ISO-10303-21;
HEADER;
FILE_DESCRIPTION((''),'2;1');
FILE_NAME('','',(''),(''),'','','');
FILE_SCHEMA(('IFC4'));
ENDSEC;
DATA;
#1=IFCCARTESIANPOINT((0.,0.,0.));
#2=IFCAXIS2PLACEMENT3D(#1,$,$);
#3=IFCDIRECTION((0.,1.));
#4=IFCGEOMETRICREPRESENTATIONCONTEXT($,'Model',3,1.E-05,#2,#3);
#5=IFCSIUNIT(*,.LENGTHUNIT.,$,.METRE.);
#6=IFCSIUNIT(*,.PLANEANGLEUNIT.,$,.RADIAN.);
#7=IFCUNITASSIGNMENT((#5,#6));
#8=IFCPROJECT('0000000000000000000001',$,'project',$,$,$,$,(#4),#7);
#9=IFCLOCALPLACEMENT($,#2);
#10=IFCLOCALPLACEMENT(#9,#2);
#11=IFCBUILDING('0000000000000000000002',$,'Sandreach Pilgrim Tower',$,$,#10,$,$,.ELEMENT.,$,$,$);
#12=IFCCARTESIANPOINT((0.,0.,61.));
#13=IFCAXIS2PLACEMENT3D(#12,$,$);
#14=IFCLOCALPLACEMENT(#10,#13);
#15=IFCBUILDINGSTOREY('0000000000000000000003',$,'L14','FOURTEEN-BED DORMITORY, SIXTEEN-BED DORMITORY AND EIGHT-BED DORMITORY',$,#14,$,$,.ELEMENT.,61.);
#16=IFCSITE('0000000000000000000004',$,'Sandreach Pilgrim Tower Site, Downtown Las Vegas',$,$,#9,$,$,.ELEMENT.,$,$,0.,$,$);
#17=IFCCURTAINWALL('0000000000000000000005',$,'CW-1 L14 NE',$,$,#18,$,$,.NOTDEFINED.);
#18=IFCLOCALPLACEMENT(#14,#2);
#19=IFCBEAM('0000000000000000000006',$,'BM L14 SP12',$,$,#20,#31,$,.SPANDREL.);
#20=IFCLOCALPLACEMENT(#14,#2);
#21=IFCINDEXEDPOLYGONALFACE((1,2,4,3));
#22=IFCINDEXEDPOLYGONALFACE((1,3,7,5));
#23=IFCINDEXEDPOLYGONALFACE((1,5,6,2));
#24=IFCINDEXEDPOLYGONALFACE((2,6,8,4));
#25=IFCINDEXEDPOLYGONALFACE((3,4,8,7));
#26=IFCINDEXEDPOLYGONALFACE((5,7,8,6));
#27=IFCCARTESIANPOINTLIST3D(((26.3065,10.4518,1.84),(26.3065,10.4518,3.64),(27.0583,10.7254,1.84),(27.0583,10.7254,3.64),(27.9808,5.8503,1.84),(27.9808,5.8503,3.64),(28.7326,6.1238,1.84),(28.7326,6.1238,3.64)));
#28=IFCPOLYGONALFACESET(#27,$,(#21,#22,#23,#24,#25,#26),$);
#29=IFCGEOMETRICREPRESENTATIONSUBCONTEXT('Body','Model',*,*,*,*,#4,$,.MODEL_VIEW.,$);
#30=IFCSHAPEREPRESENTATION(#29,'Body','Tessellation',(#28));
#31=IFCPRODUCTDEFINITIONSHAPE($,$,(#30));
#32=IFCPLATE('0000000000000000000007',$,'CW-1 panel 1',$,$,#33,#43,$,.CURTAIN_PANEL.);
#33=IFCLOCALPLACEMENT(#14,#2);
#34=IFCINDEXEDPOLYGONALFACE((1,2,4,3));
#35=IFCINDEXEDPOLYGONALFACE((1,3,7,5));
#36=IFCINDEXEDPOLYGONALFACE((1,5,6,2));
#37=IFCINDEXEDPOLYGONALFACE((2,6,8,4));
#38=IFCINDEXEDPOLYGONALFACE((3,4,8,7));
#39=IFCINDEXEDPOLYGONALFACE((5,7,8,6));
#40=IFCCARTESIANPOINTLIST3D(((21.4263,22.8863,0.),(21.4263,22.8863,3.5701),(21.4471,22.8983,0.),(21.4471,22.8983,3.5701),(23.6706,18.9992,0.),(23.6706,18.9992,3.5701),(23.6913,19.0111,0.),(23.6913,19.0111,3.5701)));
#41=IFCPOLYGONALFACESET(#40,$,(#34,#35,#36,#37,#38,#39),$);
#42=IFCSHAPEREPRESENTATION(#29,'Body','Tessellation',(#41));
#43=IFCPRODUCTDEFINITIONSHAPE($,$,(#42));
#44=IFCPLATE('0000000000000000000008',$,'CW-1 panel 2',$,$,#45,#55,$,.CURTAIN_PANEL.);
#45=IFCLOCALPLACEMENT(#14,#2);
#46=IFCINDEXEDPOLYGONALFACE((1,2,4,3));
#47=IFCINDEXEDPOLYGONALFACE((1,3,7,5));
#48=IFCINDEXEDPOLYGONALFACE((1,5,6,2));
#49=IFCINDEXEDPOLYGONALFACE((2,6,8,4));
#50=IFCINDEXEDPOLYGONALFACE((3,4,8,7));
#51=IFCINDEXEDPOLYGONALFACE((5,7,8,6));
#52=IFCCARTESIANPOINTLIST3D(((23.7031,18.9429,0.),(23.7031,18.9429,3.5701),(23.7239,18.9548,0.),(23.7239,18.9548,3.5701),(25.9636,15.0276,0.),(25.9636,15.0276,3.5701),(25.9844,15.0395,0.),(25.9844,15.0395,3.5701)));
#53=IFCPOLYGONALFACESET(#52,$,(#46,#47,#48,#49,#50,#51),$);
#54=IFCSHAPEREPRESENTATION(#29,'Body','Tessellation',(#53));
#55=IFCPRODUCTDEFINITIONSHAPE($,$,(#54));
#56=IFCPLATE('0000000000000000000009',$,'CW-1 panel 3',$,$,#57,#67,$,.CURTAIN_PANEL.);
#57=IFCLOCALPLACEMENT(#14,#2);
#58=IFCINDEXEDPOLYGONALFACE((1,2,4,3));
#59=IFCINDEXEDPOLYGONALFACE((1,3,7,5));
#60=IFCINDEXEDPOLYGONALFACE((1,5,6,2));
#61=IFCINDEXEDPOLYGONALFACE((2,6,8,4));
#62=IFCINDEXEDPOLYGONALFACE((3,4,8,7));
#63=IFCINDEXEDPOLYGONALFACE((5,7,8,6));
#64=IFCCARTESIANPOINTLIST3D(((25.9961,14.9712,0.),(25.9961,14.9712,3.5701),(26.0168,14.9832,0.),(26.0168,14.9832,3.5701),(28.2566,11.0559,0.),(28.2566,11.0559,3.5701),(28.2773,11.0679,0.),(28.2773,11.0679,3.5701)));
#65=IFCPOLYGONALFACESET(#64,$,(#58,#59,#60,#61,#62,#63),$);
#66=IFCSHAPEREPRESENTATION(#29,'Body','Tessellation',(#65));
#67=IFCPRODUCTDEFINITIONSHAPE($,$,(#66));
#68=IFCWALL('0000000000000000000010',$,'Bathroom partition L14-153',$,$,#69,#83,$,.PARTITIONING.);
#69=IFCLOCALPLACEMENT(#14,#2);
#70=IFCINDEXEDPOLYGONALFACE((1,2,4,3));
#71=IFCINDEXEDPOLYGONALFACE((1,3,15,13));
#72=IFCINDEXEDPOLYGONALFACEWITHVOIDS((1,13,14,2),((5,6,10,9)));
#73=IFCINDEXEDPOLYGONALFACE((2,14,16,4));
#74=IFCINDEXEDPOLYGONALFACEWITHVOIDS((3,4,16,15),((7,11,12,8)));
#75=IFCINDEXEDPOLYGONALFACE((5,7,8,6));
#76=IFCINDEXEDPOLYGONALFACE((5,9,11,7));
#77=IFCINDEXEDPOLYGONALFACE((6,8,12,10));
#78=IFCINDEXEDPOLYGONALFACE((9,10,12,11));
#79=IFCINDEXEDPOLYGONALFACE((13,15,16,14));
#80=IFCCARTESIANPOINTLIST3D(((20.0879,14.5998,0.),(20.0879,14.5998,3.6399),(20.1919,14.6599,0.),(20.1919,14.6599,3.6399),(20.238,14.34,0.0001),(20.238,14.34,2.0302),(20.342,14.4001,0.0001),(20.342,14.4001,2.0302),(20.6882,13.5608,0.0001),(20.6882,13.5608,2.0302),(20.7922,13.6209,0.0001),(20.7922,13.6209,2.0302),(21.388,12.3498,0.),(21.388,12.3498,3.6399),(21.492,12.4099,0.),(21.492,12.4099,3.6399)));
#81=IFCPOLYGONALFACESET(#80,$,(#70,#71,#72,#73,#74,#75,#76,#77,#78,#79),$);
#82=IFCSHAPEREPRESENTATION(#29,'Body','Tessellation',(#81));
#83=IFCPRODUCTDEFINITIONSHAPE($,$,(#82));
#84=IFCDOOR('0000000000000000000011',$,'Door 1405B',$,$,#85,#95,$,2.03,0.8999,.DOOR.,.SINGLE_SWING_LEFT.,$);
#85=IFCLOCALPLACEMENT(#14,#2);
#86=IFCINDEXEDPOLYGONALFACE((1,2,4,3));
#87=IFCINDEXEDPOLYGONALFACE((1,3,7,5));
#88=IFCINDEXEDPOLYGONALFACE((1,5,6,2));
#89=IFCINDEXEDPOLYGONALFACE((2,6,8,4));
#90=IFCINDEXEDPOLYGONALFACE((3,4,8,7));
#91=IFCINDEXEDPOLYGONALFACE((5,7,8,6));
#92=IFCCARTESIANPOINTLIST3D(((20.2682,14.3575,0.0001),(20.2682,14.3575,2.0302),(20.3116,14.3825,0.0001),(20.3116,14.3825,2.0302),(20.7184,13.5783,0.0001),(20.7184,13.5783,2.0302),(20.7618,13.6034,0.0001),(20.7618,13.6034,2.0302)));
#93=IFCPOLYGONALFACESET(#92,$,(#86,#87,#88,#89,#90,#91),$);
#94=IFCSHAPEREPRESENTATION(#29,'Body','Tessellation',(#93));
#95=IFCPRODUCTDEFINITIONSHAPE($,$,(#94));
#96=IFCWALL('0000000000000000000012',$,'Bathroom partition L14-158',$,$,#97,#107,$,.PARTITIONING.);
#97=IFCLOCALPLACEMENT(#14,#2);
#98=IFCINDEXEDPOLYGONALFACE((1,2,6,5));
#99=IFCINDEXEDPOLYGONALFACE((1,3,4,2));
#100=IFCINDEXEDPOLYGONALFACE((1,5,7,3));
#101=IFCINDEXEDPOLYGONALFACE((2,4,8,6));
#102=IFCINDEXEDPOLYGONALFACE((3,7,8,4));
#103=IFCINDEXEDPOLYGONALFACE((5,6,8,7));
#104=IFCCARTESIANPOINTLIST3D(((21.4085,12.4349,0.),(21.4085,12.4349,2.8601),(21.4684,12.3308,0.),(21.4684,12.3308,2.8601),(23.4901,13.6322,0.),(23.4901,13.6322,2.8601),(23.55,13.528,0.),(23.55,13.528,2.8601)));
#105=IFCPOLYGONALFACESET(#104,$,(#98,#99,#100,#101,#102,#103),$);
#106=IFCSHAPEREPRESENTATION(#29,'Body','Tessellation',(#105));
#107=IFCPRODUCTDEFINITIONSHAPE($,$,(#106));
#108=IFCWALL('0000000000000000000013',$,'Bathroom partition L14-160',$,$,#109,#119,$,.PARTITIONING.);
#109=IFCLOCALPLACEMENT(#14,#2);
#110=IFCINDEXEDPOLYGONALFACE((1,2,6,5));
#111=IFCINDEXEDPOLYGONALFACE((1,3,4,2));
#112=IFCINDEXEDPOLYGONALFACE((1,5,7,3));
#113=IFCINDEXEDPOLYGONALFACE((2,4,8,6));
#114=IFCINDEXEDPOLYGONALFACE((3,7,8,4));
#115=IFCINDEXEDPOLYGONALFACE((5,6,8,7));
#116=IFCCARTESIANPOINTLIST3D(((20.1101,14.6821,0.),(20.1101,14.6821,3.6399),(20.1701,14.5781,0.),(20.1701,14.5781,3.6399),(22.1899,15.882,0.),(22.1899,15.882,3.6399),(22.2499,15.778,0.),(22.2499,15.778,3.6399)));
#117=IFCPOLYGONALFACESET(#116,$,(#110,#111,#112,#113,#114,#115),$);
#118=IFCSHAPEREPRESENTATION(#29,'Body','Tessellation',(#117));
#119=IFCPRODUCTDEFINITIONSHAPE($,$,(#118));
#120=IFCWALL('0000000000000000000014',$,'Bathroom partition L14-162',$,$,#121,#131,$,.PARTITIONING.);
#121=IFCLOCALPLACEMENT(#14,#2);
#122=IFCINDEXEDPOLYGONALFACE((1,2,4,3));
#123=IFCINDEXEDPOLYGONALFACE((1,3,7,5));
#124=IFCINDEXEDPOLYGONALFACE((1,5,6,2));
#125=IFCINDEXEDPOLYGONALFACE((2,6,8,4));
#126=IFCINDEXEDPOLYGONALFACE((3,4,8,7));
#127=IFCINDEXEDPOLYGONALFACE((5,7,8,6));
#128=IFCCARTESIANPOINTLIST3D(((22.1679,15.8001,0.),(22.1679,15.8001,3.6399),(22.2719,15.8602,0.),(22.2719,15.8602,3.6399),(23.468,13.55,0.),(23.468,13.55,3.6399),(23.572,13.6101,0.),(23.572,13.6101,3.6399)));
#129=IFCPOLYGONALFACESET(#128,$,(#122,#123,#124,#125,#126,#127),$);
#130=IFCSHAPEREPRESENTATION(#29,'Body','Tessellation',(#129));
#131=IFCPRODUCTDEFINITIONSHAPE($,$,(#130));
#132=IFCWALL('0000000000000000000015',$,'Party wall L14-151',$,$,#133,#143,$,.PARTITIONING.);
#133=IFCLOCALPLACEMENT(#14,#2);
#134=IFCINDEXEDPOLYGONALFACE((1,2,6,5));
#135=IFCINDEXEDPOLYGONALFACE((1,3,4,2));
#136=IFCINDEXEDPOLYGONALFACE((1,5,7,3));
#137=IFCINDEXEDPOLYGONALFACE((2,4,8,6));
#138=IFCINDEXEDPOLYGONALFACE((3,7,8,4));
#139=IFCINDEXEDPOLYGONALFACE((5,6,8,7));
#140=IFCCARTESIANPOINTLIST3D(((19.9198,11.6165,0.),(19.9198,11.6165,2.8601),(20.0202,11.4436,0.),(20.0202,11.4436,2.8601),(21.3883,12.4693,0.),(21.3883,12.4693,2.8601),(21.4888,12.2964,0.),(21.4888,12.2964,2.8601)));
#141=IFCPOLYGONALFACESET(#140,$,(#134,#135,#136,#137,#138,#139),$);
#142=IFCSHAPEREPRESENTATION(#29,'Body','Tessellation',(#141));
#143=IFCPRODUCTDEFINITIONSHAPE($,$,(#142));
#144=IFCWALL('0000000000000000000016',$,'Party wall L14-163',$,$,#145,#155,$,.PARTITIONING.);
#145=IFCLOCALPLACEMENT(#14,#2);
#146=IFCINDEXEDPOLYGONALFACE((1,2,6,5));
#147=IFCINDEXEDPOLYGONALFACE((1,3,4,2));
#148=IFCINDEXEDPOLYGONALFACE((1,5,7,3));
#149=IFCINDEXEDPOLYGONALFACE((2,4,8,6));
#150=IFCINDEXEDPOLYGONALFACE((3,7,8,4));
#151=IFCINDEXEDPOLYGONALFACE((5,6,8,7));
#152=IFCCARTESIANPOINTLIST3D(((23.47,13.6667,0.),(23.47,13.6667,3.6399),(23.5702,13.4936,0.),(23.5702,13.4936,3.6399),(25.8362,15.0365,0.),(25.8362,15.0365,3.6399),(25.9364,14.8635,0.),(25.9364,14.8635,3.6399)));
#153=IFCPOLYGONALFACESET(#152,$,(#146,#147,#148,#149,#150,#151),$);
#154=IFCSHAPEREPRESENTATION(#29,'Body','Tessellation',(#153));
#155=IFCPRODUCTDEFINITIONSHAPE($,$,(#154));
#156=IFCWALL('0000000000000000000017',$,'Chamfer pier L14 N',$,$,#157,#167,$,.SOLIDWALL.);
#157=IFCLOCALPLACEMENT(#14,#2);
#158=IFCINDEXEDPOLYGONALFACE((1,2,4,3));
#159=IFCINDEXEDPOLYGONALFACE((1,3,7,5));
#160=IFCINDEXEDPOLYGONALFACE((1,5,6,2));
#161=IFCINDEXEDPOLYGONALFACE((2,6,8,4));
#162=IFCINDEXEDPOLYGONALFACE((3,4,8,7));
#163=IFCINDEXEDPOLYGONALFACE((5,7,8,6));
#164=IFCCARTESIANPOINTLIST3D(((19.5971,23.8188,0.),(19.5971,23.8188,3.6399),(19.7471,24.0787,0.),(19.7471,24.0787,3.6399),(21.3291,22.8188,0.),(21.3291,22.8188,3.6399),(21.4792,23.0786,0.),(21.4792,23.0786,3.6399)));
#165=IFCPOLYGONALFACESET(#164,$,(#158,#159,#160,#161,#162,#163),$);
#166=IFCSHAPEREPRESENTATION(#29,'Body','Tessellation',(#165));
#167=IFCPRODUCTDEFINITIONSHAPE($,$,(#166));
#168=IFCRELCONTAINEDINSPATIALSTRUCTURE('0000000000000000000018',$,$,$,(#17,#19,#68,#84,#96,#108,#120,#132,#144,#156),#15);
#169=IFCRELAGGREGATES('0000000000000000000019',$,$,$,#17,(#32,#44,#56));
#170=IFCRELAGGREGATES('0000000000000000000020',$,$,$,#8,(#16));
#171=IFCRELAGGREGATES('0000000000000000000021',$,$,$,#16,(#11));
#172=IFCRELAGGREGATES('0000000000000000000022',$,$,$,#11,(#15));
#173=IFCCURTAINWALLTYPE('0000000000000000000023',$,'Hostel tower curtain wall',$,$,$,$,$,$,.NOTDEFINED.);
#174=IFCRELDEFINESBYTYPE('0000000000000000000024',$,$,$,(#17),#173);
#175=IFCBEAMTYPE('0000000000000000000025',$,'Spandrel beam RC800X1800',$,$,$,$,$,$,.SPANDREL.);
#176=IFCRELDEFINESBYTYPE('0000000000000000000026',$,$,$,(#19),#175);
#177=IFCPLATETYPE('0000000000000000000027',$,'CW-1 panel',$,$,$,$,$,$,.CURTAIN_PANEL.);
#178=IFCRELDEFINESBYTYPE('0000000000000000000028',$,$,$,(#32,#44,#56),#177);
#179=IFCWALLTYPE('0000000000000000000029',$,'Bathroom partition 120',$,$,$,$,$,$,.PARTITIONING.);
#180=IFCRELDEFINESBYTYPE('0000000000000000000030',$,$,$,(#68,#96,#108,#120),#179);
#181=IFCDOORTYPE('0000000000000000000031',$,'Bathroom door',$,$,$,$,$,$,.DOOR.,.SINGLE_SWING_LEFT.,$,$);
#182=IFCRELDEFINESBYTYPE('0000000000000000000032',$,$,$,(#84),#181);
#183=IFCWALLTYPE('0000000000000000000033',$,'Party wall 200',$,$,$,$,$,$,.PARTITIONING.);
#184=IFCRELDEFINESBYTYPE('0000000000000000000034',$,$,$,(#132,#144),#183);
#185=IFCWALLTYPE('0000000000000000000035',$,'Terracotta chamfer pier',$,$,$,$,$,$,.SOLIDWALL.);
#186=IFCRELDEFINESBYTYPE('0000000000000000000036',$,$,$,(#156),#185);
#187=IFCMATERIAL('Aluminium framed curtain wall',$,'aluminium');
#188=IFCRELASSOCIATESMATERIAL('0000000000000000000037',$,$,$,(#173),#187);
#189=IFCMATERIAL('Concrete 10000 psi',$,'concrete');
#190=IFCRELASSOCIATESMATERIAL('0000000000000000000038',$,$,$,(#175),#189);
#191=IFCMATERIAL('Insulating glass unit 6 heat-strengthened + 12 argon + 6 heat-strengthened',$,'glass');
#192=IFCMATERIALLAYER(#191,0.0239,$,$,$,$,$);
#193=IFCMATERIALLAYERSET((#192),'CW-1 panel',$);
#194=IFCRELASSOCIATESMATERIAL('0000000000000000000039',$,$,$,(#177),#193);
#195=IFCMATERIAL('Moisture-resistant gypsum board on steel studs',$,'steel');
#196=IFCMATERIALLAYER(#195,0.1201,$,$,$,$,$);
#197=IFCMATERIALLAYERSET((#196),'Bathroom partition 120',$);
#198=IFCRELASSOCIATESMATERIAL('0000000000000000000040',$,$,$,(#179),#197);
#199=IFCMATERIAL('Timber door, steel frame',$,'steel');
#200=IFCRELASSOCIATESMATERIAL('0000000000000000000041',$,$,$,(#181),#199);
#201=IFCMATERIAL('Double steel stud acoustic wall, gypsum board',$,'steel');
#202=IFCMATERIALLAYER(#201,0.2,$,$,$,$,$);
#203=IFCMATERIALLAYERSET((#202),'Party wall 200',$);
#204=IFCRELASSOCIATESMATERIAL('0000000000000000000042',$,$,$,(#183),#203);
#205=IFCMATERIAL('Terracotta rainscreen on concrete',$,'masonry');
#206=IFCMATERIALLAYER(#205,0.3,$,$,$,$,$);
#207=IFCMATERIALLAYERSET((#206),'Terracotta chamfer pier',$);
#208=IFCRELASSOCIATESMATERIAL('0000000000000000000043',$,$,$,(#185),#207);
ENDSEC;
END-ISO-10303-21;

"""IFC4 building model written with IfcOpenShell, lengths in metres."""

from ifc_helpers import new_model, si_unit, direction, frame, frame_2d, origin, origin_2d, place, context, subcontext, project, spatial, rectangle, extrude, material, layer, layer_set, material_profile, profile_set, type_object, element, fill, aggregate, save


model = new_model("IFC4")

# Units and contexts
model_context = context("Model", 3, precision=1e-05, world=origin(), true_north=direction((0.0, 1.0)))
body_context = subcontext(model_context, "Body", "Model", "MODEL_VIEW")
ifc_project = project(units=[si_unit("LENGTHUNIT", "METRE"), si_unit("PLANEANGLEUNIT", "RADIAN")], contexts=[model_context])

# Site, building, storey
site_placement = place(None, origin())
site = spatial("IfcSite", under=ifc_project, at=site_placement, Name="Sandreach Pilgrim Tower Site, Downtown Las Vegas", CompositionType="ELEMENT", RefElevation=0.0)
building_placement = place(site_placement, origin())
building = spatial("IfcBuilding", under=site, at=building_placement, Name="Sandreach Pilgrim Tower", CompositionType="ELEMENT")
storey_placement = place(building_placement, frame((0.0, 0.0, 61.0)))
storey = spatial("IfcBuildingStorey", under=building, at=storey_placement, Name="L14", Description="FOURTEEN-BED DORMITORY, SIXTEEN-BED DORMITORY AND EIGHT-BED DORMITORY", CompositionType="ELEMENT", Elevation=61.0)

# Shared definitions
ifc_material_1 = material(Name="Aluminium framed curtain wall", Category="aluminium")
curtain_wall_type = type_object("IfcCurtainWallType", Name="Hostel tower curtain wall", PredefinedType="NOTDEFINED", material=ifc_material_1)

# Curtain wall
curtain_wall_1_placement = place(storey_placement, origin())
curtain_wall_1 = element("IfcCurtainWall", 1, at=curtain_wall_1_placement, inside=storey, type_object=curtain_wall_type, Name="CW-1 L14 NE", PredefinedType="NOTDEFINED")

# Beam
ifc_material_2 = material(Name="Concrete 10000 psi", Category="concrete")
ifc_material_profile_1 = material_profile(ifc_material_2, rectangle(XDim=0.8, YDim=1.8, at=origin_2d()), Name="RC800X1800")
ifc_profile_set_1 = profile_set([ifc_material_profile_1], Name="Concrete 10000 psi")
beam_type_1 = type_object("IfcBeamType", Name="Spandrel beam RC800X1800", PredefinedType="SPANDREL", material=ifc_profile_set_1)
beam_1_placement = place(storey_placement, frame((26.6824, 10.5886, 2.74), z_axis=(0.341927, -0.939726, 0.0), x_axis=(0.939726, 0.341927, 0.0)))
element("IfcBeam", 2, at=beam_1_placement, inside=storey, type_object=beam_type_1, Name="BM L14 SP12", PredefinedType="SPANDREL", context=body_context, shape_type="SweptSolid", body=[
    extrude(rectangle(XDim=0.8, YDim=1.8, at=origin_2d()), origin(), (0.0, 0.0, 1.0), 4.8967),
])

# Plates
ifc_material_3 = material(Name="Insulating glass unit 6 heat-strengthened + 12 argon + 6 heat-strengthened", Category="glass")
ifc_layer_1 = layer(ifc_material_3, 0.0239)
ifc_layer_set_1 = layer_set([ifc_layer_1], Name="CW-1 panel")
plate_type = type_object("IfcPlateType", Name="CW-1 panel", PredefinedType="CURTAIN_PANEL", material=ifc_layer_set_1)
plate_1_placement = place(storey_placement, frame((22.5588, 20.9487, 0.0), z_axis=(0.0, 0.0, 1.0), x_axis=(0.5, -0.866025, 0.0)))
plate_1 = element("IfcPlate", 3, at=plate_1_placement, type_object=plate_type, Name="CW-1 panel 1", PredefinedType="CURTAIN_PANEL", context=body_context, shape_type="SweptSolid", body=[
    extrude(rectangle(XDim=4.4885, YDim=0.0239, at=origin_2d()), origin(), (0.0, 0.0, 1.0), 3.5701),
])
plate_2_placement = place(storey_placement, frame((24.8438, 16.9912, 0.0), z_axis=(0.0, 0.0, 1.0), x_axis=(0.5, -0.866025, 0.0)))
plate_2 = element("IfcPlate", 4, at=plate_2_placement, type_object=plate_type, Name="CW-1 panel 2", PredefinedType="CURTAIN_PANEL", context=body_context, shape_type="SweptSolid", body=[
    extrude(rectangle(XDim=4.521, YDim=0.0239, at=origin_2d()), origin(), (0.0, 0.0, 1.0), 3.5701),
])
plate_3_placement = place(storey_placement, frame((27.1367, 13.0195, 0.0), z_axis=(0.0, 0.0, 1.0), x_axis=(0.5, -0.866025, 0.0)))
plate_3 = element("IfcPlate", 5, at=plate_3_placement, type_object=plate_type, Name="CW-1 panel 3", PredefinedType="CURTAIN_PANEL", context=body_context, shape_type="SweptSolid", body=[
    extrude(rectangle(XDim=4.521, YDim=0.0239, at=origin_2d()), origin(), (0.0, 0.0, 1.0), 3.5701),
])
aggregate(curtain_wall_1, [plate_1, plate_2, plate_3])

# Wall, opening, door
ifc_material_4 = material(Name="Moisture-resistant gypsum board on steel studs", Category="steel")
ifc_layer_2 = layer(ifc_material_4, 0.1201)
ifc_layer_set_2 = layer_set([ifc_layer_2], Name="Bathroom partition 120")
wall_type_1 = type_object("IfcWallType", Name="Bathroom partition 120", PredefinedType="PARTITIONING", material=ifc_layer_set_2)
wall_1_placement = place(storey_placement, frame((20.1399, 14.6299, 0.0), z_axis=(0.0, 0.0, 1.0), x_axis=(0.500292, -0.865857, 0.0)))
wall_1 = element("IfcWall", 6, at=wall_1_placement, inside=storey, type_object=wall_type_1, Name="Bathroom partition L14-153", PredefinedType="PARTITIONING", context=body_context, shape_type="SweptSolid", body=[
    extrude(rectangle(XDim=2.5986, YDim=0.1201, at=frame_2d((1.2993, 0.0))), origin(), (0.0, 0.0, 1.0), 3.6399),
])
opening_placement = place(wall_1_placement, frame((0.3, 0.0, 0.0)))
opening = element("IfcOpeningElement", 7, at=opening_placement, cuts=wall_1, PredefinedType="OPENING", context=body_context, shape_type="SweptSolid", body=[
    extrude(rectangle(XDim=0.8999, YDim=2.03, at=frame_2d((0.45, 1.0151))), frame((0.0, 0.0601, 0.0), z_axis=(0.0, -1.0, 0.0), x_axis=(1.0, 0.0, 0.0)), (0.0, 0.0, 1.0), 0.1201),
])
ifc_material_5 = material(Name="Timber door, steel frame", Category="steel")
door_type = type_object("IfcDoorType", Name="Bathroom door", OperationType="SINGLE_SWING_LEFT", PredefinedType="DOOR", material=ifc_material_5)
door_placement = place(opening_placement, origin())
door = element("IfcDoor", 8, at=door_placement, inside=storey, type_object=door_type, Name="Door 1405B", OperationType="SINGLE_SWING_LEFT", OverallHeight=2.03, OverallWidth=0.8999, PredefinedType="DOOR", context=body_context, shape_type="SweptSolid", body=[
    extrude(rectangle(XDim=0.8999, YDim=2.03, at=frame_2d((0.45, 1.0151))), frame((0.0, 0.0249, 0.0), z_axis=(0.0, -1.0, 0.0), x_axis=(1.0, 0.0, 0.0)), (0.0, 0.0, 1.0), 0.05),
])
fill(opening, door)

# Walls
wall_2_placement = place(storey_placement, frame((21.4385, 12.3828, 0.0), z_axis=(0.0, 0.0, 1.0), x_axis=(0.866838, 0.49859, 0.0)))
element("IfcWall", 9, at=wall_2_placement, inside=storey, type_object=wall_type_1, Name="Bathroom partition L14-158", PredefinedType="PARTITIONING", context=body_context, shape_type="SweptSolid", body=[
    extrude(rectangle(XDim=2.4014, YDim=0.1201, at=frame_2d((1.2007, 0.0))), origin(), (0.0, 0.0, 1.0), 2.8601),
])
wall_3_placement = place(storey_placement, frame((22.22, 15.8301, 0.0), z_axis=(0.0, 0.0, 1.0), x_axis=(-0.866177, -0.499737, 0.0)))
element("IfcWall", 10, at=wall_3_placement, inside=storey, type_object=wall_type_1, Name="Bathroom partition L14-160", PredefinedType="PARTITIONING", context=body_context, shape_type="SweptSolid", body=[
    extrude(rectangle(XDim=2.4011, YDim=0.1201, at=frame_2d((1.2007, 0.0))), origin(), (0.0, 0.0, 1.0), 3.6399),
])
wall_4_placement = place(storey_placement, frame((23.52, 13.5801, 0.0), z_axis=(0.0, 0.0, 1.0), x_axis=(-0.500292, 0.865857, 0.0)))
element("IfcWall", 11, at=wall_4_placement, inside=storey, type_object=wall_type_1, Name="Bathroom partition L14-162", PredefinedType="PARTITIONING", context=body_context, shape_type="SweptSolid", body=[
    extrude(rectangle(XDim=2.5986, YDim=0.1201, at=frame_2d((1.2993, 0.0))), origin(), (0.0, 0.0, 1.0), 3.6399),
])
ifc_material_6 = material(Name="Double steel stud acoustic wall, gypsum board", Category="steel")
ifc_layer_3 = layer(ifc_material_6, 0.2)
ifc_layer_set_3 = layer_set([ifc_layer_3], Name="Party wall 200")
wall_type_2 = type_object("IfcWallType", Name="Party wall 200", PredefinedType="PARTITIONING", material=ifc_layer_set_3)
wall_5_placement = place(storey_placement, frame((19.97, 11.53, 0.0), z_axis=(0.0, 0.0, 1.0), x_axis=(0.864763, 0.502181, 0.0)))
element("IfcWall", 12, at=wall_5_placement, inside=storey, type_object=wall_type_2, Name="Party wall L14-151", PredefinedType="PARTITIONING", context=body_context, shape_type="SweptSolid", body=[
    extrude(rectangle(XDim=1.6982, YDim=0.2, at=frame_2d((0.8491, 0.0))), origin(), (0.0, 0.0, 1.0), 2.8601),
])
wall_6_placement = place(storey_placement, frame((23.52, 13.5801, 0.0), z_axis=(0.0, 0.0, 1.0), x_axis=(0.865432, 0.501026, 0.0)))
element("IfcWall", 13, at=wall_6_placement, inside=storey, type_object=wall_type_2, Name="Party wall L14-163", PredefinedType="PARTITIONING", context=body_context, shape_type="SweptSolid", body=[
    extrude(rectangle(XDim=2.7341, YDim=0.2, at=frame_2d((1.3672, 0.0))), origin(), (0.0, 0.0, 1.0), 3.6399),
])
ifc_material_7 = material(Name="Terracotta rainscreen on concrete", Category="masonry")
ifc_layer_4 = layer(ifc_material_7, 0.3)
ifc_layer_set_4 = layer_set([ifc_layer_4], Name="Terracotta chamfer pier")
wall_type_3 = type_object("IfcWallType", Name="Terracotta chamfer pier", PredefinedType="SOLIDWALL", material=ifc_layer_set_4)
wall_7_placement = place(storey_placement, frame((19.6721, 23.9487, 0.0), z_axis=(0.0, 0.0, 1.0), x_axis=(0.866011, -0.500025, 0.0)))
element("IfcWall", 14, at=wall_7_placement, inside=storey, type_object=wall_type_3, Name="Chamfer pier L14 N", PredefinedType="SOLIDWALL", context=body_context, shape_type="SweptSolid", body=[
    extrude(rectangle(XDim=2.0, YDim=0.3, at=frame_2d((1.0, 0.0))), origin(), (0.0, 0.0, 1.0), 3.6399),
])

save(model, "model.ifc")
